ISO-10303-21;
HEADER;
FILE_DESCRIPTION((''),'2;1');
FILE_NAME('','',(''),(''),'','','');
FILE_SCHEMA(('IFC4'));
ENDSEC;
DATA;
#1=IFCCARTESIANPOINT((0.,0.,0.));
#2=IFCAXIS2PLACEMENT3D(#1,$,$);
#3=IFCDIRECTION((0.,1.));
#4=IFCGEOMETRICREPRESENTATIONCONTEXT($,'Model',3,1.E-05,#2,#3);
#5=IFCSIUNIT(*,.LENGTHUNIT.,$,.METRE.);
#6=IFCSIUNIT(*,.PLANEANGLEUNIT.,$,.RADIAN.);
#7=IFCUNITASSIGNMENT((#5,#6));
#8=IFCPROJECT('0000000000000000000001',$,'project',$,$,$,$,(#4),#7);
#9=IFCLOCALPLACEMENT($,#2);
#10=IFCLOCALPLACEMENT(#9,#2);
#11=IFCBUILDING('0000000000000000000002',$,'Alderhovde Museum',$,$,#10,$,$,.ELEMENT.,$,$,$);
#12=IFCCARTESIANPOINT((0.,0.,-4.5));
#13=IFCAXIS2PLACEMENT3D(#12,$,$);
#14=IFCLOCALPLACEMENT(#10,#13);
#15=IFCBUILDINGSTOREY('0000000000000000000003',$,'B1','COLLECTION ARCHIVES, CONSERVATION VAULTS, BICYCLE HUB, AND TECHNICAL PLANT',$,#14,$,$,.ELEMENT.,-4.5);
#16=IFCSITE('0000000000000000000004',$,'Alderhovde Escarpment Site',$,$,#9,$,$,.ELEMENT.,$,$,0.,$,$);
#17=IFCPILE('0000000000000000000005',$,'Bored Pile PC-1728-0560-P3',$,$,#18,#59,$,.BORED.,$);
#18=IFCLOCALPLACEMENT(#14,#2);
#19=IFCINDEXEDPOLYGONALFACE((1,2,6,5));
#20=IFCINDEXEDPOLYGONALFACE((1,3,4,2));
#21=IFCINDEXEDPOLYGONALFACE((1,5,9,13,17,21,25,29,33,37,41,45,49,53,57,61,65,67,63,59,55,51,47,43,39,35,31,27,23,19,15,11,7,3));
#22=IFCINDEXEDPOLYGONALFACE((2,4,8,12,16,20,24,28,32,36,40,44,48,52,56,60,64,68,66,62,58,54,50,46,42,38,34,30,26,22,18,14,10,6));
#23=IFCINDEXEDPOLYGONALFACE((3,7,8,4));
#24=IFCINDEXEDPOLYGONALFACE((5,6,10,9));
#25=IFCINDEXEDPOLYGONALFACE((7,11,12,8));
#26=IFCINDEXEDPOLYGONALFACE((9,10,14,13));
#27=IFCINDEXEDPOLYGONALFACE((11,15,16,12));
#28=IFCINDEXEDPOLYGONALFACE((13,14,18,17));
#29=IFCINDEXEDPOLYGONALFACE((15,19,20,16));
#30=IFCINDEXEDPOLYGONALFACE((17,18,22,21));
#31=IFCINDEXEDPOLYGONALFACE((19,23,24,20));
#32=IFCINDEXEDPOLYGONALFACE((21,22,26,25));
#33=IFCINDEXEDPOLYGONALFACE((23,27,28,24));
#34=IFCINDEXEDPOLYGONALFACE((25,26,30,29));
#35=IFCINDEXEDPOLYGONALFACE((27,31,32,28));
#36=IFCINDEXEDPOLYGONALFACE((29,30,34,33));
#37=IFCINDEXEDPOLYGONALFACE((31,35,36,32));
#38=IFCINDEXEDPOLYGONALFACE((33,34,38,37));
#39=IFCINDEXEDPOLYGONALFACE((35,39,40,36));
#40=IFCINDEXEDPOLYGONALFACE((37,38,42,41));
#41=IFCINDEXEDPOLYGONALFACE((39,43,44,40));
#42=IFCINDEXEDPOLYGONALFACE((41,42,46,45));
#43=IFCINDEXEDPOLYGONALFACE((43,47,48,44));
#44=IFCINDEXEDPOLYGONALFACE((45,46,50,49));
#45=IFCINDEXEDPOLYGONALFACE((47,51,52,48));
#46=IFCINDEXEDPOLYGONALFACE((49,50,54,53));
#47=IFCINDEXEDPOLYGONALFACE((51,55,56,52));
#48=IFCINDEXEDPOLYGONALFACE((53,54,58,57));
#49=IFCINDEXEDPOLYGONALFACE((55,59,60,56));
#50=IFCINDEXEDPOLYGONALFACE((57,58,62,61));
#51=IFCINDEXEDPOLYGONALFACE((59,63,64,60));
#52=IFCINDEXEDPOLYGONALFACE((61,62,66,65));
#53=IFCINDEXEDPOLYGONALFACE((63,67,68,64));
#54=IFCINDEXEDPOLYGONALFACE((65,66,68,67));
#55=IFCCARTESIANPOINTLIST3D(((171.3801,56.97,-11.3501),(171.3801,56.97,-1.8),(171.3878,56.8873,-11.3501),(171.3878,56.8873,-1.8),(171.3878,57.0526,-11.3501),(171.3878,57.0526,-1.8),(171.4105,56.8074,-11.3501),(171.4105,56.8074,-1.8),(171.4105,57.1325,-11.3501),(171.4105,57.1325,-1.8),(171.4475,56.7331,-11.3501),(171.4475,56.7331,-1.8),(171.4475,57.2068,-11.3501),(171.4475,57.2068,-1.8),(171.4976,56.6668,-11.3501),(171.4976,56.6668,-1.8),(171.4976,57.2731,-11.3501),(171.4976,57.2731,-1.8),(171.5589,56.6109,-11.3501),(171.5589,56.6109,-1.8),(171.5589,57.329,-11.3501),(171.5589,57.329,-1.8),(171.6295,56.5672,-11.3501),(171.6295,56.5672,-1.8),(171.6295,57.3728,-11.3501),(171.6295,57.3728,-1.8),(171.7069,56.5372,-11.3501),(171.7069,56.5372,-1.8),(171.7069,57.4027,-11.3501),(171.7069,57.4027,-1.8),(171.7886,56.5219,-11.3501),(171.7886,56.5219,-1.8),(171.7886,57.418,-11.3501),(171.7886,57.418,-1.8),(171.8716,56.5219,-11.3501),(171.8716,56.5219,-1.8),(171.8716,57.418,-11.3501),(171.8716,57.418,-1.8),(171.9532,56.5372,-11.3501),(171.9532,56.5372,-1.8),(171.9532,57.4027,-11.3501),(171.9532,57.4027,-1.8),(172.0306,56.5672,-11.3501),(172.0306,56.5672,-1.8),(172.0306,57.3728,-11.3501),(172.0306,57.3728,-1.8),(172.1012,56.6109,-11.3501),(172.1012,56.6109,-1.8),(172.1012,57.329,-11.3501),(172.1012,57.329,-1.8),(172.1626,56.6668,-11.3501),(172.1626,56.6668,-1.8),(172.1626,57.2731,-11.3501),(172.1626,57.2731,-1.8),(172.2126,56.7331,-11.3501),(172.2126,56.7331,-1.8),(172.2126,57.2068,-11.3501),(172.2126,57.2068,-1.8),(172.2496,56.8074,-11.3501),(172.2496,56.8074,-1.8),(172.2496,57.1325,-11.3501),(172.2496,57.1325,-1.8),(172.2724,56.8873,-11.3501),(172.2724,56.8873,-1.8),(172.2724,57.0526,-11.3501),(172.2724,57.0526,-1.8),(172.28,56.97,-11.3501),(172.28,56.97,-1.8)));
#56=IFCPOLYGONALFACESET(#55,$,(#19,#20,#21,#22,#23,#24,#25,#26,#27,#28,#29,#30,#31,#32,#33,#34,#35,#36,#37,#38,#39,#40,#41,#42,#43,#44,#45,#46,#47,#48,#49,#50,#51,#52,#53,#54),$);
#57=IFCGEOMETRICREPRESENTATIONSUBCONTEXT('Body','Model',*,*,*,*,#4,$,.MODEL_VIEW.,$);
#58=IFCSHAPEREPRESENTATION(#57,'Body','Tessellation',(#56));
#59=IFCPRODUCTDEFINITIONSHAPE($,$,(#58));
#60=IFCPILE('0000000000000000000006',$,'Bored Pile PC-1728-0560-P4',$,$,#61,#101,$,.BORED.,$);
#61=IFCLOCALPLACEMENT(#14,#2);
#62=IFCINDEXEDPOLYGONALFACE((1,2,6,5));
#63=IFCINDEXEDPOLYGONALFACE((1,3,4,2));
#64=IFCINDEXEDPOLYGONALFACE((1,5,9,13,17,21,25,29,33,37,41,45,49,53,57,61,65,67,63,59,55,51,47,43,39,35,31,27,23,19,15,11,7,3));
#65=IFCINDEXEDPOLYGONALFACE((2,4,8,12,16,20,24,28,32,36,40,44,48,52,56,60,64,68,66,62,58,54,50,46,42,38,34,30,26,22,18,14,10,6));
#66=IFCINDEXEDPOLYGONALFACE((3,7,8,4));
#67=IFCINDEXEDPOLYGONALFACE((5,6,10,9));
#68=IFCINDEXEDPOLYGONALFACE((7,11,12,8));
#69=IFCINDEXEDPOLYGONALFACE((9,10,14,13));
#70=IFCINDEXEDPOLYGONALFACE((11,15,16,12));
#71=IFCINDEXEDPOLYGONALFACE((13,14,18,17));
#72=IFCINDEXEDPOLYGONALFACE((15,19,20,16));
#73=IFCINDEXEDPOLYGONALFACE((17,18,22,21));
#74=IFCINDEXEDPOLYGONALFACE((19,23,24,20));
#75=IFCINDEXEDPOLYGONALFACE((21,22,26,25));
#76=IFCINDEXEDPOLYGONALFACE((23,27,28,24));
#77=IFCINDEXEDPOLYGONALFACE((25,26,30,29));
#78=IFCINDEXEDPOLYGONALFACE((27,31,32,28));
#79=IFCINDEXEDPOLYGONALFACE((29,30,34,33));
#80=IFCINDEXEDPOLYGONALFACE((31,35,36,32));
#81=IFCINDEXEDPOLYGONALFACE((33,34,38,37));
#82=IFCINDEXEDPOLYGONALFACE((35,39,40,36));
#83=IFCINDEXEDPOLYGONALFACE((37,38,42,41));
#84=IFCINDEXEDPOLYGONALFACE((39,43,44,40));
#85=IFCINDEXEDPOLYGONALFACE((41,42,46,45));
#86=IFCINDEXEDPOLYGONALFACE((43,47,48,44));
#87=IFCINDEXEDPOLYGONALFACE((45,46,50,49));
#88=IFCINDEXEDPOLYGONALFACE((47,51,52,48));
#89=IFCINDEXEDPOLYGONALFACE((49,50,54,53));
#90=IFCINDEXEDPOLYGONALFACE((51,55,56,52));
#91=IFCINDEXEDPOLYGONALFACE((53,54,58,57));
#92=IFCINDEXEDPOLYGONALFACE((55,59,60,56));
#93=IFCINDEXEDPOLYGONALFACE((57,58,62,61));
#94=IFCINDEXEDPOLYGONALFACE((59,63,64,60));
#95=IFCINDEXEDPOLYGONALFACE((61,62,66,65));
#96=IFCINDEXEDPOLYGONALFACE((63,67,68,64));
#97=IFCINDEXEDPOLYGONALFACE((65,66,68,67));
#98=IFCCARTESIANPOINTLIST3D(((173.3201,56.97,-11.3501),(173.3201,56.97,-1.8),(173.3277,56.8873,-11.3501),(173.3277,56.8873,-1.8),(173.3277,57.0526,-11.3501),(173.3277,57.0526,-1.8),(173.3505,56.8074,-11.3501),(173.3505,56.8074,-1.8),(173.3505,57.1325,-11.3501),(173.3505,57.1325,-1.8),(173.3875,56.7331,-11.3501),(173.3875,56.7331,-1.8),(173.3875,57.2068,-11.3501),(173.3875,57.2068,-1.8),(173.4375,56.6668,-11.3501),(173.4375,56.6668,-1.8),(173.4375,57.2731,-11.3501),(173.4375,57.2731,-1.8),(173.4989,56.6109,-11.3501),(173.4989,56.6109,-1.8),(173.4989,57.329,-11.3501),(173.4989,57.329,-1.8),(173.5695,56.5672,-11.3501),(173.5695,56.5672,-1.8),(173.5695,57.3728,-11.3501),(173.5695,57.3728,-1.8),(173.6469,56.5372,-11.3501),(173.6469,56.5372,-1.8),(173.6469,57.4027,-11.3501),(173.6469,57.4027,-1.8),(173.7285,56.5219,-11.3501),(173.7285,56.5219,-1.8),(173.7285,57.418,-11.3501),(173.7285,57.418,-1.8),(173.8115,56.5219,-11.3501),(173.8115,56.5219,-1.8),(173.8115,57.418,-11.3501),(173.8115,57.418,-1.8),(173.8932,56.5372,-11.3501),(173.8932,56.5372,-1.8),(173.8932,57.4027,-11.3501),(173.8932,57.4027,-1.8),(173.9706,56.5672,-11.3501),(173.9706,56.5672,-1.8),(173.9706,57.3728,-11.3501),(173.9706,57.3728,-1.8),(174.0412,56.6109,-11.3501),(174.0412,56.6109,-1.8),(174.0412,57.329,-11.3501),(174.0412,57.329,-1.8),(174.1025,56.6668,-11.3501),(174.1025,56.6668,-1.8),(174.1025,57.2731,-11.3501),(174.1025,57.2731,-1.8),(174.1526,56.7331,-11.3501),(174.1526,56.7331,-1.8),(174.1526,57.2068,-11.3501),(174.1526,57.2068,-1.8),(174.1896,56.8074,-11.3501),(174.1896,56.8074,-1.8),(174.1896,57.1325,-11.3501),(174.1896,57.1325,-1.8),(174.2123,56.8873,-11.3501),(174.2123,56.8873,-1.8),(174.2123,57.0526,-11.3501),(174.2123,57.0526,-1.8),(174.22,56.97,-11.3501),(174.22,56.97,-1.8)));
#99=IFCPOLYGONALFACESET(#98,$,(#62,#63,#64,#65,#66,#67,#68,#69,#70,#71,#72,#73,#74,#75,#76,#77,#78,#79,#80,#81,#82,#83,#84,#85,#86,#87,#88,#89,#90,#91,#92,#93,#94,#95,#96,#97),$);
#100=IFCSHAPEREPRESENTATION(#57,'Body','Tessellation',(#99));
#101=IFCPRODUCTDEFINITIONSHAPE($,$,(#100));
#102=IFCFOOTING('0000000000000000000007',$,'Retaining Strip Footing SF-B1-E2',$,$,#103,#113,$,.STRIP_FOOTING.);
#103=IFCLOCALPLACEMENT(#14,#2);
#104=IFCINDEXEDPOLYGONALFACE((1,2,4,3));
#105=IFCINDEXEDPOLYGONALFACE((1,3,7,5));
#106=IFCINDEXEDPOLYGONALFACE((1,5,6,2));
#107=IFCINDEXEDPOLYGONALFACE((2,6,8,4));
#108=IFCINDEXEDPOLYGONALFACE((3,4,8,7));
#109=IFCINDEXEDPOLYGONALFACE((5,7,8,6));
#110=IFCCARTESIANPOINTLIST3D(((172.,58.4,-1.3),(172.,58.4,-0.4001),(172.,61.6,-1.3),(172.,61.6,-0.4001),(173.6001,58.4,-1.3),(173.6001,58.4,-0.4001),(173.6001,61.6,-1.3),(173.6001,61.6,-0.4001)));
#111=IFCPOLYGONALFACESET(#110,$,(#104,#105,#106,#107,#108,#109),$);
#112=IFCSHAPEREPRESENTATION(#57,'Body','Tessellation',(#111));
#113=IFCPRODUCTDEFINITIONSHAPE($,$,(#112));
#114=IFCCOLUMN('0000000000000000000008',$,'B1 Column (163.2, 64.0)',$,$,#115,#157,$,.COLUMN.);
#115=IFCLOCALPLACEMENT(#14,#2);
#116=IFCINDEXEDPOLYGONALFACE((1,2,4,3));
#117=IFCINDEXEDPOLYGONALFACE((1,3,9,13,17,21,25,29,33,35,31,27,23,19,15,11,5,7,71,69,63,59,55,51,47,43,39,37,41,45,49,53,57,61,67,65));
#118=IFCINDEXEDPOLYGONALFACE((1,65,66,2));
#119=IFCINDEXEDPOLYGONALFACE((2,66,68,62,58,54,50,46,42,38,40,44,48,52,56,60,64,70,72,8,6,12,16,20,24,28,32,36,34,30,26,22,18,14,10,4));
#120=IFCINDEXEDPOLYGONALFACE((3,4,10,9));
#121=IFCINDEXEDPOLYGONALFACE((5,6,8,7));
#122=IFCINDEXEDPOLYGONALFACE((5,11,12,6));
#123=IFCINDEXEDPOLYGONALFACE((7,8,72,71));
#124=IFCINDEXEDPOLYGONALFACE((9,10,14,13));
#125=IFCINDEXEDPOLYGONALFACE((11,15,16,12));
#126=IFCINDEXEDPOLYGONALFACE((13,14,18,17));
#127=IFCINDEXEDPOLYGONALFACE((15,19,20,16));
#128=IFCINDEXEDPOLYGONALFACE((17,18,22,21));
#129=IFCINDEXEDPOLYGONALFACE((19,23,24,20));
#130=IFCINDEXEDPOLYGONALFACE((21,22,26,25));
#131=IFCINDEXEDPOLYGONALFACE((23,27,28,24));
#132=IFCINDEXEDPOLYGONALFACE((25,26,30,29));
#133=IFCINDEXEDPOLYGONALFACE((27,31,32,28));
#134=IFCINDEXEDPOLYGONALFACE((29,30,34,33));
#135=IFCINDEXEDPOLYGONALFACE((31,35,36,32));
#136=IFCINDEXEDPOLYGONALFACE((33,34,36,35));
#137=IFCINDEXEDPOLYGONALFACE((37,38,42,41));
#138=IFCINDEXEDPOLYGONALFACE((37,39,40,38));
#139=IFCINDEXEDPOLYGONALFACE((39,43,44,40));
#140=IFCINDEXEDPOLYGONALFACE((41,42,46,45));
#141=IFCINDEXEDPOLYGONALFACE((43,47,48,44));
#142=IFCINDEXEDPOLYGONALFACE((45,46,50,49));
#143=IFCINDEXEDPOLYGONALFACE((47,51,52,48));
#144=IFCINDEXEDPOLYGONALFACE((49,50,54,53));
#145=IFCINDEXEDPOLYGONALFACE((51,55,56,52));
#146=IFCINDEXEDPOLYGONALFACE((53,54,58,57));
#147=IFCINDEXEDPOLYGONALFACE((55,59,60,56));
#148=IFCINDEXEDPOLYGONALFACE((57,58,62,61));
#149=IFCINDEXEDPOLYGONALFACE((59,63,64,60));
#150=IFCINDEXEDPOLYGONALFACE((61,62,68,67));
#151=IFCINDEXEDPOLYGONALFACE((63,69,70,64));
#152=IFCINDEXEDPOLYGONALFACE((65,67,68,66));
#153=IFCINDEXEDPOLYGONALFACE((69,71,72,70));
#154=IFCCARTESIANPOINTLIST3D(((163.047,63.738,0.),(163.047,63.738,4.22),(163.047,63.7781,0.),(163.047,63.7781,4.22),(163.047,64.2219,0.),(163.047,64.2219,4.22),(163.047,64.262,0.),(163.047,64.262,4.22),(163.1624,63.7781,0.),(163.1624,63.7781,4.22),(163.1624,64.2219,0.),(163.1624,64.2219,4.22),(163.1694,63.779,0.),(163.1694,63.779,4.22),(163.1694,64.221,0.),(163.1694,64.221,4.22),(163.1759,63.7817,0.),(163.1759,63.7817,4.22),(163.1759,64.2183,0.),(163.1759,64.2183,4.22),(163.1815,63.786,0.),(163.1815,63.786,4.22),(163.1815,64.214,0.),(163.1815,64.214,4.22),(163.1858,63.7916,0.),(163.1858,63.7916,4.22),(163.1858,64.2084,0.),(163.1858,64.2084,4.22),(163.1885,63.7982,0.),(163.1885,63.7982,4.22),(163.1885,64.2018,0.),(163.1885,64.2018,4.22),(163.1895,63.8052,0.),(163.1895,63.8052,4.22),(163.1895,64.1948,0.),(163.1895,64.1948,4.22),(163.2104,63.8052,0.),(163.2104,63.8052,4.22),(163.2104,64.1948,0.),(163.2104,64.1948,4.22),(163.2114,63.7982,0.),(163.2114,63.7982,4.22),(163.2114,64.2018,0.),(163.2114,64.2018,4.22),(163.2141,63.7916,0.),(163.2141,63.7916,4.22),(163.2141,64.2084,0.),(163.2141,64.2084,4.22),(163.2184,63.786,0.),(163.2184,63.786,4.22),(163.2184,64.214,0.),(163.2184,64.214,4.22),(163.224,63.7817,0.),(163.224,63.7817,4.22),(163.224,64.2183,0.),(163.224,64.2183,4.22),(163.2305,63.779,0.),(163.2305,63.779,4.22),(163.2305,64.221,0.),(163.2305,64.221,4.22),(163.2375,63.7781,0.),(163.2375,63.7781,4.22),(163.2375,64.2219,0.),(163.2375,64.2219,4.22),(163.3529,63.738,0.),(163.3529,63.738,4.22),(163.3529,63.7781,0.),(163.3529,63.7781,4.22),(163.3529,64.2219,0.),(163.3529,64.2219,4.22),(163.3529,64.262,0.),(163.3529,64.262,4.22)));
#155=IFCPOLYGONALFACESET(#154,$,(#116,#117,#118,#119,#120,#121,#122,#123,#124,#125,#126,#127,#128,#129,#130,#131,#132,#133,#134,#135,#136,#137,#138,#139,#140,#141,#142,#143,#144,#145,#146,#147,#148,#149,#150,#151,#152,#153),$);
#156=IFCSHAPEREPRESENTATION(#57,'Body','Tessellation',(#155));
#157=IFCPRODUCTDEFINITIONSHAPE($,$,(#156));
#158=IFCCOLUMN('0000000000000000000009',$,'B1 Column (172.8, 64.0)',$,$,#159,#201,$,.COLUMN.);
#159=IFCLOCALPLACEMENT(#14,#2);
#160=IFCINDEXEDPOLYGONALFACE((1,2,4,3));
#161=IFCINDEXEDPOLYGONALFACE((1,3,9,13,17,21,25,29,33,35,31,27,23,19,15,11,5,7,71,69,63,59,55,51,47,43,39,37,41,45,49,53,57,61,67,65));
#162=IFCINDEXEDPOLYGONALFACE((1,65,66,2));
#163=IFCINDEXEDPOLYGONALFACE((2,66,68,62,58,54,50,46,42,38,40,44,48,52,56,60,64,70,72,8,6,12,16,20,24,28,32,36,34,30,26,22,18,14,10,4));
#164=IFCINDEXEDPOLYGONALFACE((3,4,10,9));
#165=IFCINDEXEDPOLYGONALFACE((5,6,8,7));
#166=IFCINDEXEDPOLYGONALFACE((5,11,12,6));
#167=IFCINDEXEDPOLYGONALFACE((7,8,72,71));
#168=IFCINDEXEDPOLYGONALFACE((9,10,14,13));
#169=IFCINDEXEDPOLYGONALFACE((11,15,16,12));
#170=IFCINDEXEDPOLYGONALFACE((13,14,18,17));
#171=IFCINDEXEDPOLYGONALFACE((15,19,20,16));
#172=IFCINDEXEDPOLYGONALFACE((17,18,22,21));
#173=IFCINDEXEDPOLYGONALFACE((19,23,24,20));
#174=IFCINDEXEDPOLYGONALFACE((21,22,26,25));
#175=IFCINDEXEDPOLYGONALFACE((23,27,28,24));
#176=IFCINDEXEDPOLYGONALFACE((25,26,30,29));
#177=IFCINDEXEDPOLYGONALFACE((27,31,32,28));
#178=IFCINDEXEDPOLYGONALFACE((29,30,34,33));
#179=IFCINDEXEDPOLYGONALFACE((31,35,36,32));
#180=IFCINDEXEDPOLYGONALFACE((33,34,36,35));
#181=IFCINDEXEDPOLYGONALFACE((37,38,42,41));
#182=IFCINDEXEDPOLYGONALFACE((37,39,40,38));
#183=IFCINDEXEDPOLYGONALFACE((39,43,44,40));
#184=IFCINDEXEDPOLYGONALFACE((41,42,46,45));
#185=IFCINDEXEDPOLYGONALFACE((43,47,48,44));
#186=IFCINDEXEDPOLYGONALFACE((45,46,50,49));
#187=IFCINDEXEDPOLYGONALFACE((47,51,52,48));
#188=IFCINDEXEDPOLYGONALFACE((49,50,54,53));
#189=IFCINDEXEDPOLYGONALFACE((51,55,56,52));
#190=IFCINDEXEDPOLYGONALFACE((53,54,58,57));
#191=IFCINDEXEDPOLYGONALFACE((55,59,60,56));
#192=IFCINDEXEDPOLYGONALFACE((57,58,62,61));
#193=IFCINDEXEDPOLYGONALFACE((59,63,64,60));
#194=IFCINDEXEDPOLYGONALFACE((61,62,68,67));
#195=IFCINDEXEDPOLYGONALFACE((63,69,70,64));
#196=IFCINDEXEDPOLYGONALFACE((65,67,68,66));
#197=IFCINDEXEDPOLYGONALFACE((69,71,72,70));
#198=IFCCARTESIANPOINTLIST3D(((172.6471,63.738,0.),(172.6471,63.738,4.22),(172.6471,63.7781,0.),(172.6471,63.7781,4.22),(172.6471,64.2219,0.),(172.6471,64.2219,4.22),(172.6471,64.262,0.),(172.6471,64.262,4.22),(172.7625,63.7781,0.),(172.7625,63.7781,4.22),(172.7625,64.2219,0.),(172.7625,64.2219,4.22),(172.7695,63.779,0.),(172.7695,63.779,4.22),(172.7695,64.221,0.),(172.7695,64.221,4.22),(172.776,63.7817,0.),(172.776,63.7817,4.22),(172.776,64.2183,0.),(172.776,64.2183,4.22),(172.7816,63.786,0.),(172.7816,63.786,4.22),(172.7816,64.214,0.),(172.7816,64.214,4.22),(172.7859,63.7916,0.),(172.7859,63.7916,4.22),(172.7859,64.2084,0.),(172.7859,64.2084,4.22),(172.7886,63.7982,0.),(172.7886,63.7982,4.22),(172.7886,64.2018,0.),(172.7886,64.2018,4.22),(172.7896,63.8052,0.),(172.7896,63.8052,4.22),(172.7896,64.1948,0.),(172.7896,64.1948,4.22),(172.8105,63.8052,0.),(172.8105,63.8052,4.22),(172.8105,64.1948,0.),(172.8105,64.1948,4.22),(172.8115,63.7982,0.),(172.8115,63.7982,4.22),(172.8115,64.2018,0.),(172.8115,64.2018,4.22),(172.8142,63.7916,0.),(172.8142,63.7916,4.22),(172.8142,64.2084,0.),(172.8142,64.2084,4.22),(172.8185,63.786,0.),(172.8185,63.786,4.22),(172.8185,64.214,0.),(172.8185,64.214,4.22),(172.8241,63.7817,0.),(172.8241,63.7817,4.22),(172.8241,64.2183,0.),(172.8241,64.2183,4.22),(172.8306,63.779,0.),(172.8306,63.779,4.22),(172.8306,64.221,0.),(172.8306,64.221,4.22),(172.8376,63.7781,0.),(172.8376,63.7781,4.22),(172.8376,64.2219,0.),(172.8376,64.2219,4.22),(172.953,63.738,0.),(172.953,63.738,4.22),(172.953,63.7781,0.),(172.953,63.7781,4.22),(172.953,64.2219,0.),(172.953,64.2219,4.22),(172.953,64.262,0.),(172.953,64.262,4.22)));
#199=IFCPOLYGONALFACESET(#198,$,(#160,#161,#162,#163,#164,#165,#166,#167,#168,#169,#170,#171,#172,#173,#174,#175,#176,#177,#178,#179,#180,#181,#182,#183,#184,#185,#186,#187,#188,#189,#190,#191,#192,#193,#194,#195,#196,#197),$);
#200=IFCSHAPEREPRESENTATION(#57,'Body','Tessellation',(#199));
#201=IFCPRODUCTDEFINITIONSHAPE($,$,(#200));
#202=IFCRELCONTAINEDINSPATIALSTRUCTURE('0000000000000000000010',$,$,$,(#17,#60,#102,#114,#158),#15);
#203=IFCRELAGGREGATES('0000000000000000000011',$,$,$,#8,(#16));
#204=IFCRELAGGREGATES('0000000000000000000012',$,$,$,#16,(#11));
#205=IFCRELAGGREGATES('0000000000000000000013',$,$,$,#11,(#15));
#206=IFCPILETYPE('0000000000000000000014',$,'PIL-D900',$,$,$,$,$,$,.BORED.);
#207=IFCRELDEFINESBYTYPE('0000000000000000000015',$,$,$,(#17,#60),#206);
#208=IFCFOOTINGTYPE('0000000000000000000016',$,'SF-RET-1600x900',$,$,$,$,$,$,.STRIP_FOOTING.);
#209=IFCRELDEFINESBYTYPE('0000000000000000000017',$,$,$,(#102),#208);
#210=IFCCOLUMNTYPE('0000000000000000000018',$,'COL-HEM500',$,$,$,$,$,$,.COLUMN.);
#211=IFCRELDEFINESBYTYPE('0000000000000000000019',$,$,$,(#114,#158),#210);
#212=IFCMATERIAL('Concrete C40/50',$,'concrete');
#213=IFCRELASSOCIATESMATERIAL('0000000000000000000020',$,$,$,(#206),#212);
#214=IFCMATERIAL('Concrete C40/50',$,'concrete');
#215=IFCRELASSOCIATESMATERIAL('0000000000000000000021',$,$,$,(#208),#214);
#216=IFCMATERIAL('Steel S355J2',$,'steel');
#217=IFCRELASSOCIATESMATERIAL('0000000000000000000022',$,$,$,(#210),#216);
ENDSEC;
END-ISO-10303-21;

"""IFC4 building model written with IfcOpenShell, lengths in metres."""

from ifc_helpers import new_model, si_unit, direction, frame, origin, origin_2d, place, context, subcontext, project, spatial, rectangle, circle, i_section, extrude, material, material_profile, profile_set, type_object, element, save


model = new_model("IFC4")

# Units and contexts
model_context = context("Model", 3, precision=1e-05, world=origin(), true_north=direction((0.0, 1.0)))
body_context = subcontext(model_context, "Body", "Model", "MODEL_VIEW")
ifc_project = project(units=[si_unit("LENGTHUNIT", "METRE"), si_unit("PLANEANGLEUNIT", "RADIAN")], contexts=[model_context])

# Site, building, storey
site_placement = place(None, origin())
site = spatial("IfcSite", under=ifc_project, at=site_placement, Name="Alderhovde Escarpment Site", CompositionType="ELEMENT", RefElevation=0.0)
building_placement = place(site_placement, origin())
building = spatial("IfcBuilding", under=site, at=building_placement, Name="Alderhovde Museum", CompositionType="ELEMENT")
storey_placement = place(building_placement, frame((0.0, 0.0, -4.5)))
storey = spatial("IfcBuildingStorey", under=building, at=storey_placement, Name="B1", Description="COLLECTION ARCHIVES, CONSERVATION VAULTS, BICYCLE HUB, AND TECHNICAL PLANT", CompositionType="ELEMENT", Elevation=-4.5)

# Piles
ifc_material_1 = material(Name="Concrete C40/50", Category="concrete")
ifc_material_profile_1 = material_profile(ifc_material_1, circle(Radius=0.45, at=origin_2d()), Name="PILE-D900")
ifc_profile_set_1 = profile_set([ifc_material_profile_1], Name="Concrete C40/50")
pile_type_1 = type_object("IfcPileType", Name="PIL-D900", PredefinedType="BORED", material=ifc_profile_set_1)
for number, where, z_axis, x_axis, name in (
    (1, (171.8301, 56.97, -1.8), (0.0, 0.0, -1.0), (1.0, 0.0, 0.0), "Bored Pile PC-1728-0560-P3"),
    (2, (173.77, 56.97, -1.8), (0.0, 0.0, -1.0), (1.0, 0.0, 0.0), "Bored Pile PC-1728-0560-P4"),
):
    element("IfcPile", number, at=place(storey_placement, frame(where, z_axis=z_axis, x_axis=x_axis)), inside=storey, type_object=pile_type_1, Name=name, PredefinedType="BORED", context=body_context, shape_type="SweptSolid", body=[
        extrude(circle(Radius=0.45, at=origin_2d()), origin(), (0.0, 0.0, 1.0), 9.55),
    ])

# Footing
ifc_material_2 = material(Name="Concrete C40/50", Category="concrete")
footing_type_1 = type_object("IfcFootingType", Name="SF-RET-1600x900", PredefinedType="STRIP_FOOTING", material=ifc_material_2)
footing_1_placement = place(storey_placement, frame((172.8, 60.0, -1.3), z_axis=(0.0, 0.0, 1.0), x_axis=(1.0, 0.0, 0.0)))
element("IfcFooting", 3, at=footing_1_placement, inside=storey, type_object=footing_type_1, Name="Retaining Strip Footing SF-B1-E2", PredefinedType="STRIP_FOOTING", context=body_context, shape_type="SweptSolid", body=[
    extrude(rectangle(XDim=1.6001, YDim=3.2, at=origin_2d()), origin(), (0.0, 0.0, 1.0), 0.8999),
])

# Columns
ifc_material_3 = material(Name="Steel S355J2", Category="steel")
ifc_material_profile_2 = material_profile(ifc_material_3, i_section(OverallWidth=0.3059, OverallDepth=0.5239, WebThickness=0.021, FlangeThickness=0.04, FilletRadius=0.0271, at=origin_2d()), Name="HEM 500")
ifc_profile_set_2 = profile_set([ifc_material_profile_2], Name="Steel S355J2")
column_type_1 = type_object("IfcColumnType", Name="COL-HEM500", PredefinedType="COLUMN", material=ifc_profile_set_2)
for number, where, z_axis, x_axis, name in (
    (4, (163.2, 64.0, 0.0), (0.0, 0.0, 1.0), (1.0, 0.0, 0.0), "B1 Column (163.2, 64.0)"),
    (5, (172.8, 64.0, 0.0), (0.0, 0.0, 1.0), (1.0, 0.0, 0.0), "B1 Column (172.8, 64.0)"),
):
    element("IfcColumn", number, at=place(storey_placement, frame(where, z_axis=z_axis, x_axis=x_axis)), inside=storey, type_object=column_type_1, Name=name, PredefinedType="COLUMN", context=body_context, shape_type="SweptSolid", body=[
        extrude(i_section(OverallWidth=0.3059, OverallDepth=0.5239, WebThickness=0.021, FlangeThickness=0.04, FilletRadius=0.0271, at=origin_2d()), origin(), (0.0, 0.0, 1.0), 4.22),
    ])

save(model, "model.ifc")
